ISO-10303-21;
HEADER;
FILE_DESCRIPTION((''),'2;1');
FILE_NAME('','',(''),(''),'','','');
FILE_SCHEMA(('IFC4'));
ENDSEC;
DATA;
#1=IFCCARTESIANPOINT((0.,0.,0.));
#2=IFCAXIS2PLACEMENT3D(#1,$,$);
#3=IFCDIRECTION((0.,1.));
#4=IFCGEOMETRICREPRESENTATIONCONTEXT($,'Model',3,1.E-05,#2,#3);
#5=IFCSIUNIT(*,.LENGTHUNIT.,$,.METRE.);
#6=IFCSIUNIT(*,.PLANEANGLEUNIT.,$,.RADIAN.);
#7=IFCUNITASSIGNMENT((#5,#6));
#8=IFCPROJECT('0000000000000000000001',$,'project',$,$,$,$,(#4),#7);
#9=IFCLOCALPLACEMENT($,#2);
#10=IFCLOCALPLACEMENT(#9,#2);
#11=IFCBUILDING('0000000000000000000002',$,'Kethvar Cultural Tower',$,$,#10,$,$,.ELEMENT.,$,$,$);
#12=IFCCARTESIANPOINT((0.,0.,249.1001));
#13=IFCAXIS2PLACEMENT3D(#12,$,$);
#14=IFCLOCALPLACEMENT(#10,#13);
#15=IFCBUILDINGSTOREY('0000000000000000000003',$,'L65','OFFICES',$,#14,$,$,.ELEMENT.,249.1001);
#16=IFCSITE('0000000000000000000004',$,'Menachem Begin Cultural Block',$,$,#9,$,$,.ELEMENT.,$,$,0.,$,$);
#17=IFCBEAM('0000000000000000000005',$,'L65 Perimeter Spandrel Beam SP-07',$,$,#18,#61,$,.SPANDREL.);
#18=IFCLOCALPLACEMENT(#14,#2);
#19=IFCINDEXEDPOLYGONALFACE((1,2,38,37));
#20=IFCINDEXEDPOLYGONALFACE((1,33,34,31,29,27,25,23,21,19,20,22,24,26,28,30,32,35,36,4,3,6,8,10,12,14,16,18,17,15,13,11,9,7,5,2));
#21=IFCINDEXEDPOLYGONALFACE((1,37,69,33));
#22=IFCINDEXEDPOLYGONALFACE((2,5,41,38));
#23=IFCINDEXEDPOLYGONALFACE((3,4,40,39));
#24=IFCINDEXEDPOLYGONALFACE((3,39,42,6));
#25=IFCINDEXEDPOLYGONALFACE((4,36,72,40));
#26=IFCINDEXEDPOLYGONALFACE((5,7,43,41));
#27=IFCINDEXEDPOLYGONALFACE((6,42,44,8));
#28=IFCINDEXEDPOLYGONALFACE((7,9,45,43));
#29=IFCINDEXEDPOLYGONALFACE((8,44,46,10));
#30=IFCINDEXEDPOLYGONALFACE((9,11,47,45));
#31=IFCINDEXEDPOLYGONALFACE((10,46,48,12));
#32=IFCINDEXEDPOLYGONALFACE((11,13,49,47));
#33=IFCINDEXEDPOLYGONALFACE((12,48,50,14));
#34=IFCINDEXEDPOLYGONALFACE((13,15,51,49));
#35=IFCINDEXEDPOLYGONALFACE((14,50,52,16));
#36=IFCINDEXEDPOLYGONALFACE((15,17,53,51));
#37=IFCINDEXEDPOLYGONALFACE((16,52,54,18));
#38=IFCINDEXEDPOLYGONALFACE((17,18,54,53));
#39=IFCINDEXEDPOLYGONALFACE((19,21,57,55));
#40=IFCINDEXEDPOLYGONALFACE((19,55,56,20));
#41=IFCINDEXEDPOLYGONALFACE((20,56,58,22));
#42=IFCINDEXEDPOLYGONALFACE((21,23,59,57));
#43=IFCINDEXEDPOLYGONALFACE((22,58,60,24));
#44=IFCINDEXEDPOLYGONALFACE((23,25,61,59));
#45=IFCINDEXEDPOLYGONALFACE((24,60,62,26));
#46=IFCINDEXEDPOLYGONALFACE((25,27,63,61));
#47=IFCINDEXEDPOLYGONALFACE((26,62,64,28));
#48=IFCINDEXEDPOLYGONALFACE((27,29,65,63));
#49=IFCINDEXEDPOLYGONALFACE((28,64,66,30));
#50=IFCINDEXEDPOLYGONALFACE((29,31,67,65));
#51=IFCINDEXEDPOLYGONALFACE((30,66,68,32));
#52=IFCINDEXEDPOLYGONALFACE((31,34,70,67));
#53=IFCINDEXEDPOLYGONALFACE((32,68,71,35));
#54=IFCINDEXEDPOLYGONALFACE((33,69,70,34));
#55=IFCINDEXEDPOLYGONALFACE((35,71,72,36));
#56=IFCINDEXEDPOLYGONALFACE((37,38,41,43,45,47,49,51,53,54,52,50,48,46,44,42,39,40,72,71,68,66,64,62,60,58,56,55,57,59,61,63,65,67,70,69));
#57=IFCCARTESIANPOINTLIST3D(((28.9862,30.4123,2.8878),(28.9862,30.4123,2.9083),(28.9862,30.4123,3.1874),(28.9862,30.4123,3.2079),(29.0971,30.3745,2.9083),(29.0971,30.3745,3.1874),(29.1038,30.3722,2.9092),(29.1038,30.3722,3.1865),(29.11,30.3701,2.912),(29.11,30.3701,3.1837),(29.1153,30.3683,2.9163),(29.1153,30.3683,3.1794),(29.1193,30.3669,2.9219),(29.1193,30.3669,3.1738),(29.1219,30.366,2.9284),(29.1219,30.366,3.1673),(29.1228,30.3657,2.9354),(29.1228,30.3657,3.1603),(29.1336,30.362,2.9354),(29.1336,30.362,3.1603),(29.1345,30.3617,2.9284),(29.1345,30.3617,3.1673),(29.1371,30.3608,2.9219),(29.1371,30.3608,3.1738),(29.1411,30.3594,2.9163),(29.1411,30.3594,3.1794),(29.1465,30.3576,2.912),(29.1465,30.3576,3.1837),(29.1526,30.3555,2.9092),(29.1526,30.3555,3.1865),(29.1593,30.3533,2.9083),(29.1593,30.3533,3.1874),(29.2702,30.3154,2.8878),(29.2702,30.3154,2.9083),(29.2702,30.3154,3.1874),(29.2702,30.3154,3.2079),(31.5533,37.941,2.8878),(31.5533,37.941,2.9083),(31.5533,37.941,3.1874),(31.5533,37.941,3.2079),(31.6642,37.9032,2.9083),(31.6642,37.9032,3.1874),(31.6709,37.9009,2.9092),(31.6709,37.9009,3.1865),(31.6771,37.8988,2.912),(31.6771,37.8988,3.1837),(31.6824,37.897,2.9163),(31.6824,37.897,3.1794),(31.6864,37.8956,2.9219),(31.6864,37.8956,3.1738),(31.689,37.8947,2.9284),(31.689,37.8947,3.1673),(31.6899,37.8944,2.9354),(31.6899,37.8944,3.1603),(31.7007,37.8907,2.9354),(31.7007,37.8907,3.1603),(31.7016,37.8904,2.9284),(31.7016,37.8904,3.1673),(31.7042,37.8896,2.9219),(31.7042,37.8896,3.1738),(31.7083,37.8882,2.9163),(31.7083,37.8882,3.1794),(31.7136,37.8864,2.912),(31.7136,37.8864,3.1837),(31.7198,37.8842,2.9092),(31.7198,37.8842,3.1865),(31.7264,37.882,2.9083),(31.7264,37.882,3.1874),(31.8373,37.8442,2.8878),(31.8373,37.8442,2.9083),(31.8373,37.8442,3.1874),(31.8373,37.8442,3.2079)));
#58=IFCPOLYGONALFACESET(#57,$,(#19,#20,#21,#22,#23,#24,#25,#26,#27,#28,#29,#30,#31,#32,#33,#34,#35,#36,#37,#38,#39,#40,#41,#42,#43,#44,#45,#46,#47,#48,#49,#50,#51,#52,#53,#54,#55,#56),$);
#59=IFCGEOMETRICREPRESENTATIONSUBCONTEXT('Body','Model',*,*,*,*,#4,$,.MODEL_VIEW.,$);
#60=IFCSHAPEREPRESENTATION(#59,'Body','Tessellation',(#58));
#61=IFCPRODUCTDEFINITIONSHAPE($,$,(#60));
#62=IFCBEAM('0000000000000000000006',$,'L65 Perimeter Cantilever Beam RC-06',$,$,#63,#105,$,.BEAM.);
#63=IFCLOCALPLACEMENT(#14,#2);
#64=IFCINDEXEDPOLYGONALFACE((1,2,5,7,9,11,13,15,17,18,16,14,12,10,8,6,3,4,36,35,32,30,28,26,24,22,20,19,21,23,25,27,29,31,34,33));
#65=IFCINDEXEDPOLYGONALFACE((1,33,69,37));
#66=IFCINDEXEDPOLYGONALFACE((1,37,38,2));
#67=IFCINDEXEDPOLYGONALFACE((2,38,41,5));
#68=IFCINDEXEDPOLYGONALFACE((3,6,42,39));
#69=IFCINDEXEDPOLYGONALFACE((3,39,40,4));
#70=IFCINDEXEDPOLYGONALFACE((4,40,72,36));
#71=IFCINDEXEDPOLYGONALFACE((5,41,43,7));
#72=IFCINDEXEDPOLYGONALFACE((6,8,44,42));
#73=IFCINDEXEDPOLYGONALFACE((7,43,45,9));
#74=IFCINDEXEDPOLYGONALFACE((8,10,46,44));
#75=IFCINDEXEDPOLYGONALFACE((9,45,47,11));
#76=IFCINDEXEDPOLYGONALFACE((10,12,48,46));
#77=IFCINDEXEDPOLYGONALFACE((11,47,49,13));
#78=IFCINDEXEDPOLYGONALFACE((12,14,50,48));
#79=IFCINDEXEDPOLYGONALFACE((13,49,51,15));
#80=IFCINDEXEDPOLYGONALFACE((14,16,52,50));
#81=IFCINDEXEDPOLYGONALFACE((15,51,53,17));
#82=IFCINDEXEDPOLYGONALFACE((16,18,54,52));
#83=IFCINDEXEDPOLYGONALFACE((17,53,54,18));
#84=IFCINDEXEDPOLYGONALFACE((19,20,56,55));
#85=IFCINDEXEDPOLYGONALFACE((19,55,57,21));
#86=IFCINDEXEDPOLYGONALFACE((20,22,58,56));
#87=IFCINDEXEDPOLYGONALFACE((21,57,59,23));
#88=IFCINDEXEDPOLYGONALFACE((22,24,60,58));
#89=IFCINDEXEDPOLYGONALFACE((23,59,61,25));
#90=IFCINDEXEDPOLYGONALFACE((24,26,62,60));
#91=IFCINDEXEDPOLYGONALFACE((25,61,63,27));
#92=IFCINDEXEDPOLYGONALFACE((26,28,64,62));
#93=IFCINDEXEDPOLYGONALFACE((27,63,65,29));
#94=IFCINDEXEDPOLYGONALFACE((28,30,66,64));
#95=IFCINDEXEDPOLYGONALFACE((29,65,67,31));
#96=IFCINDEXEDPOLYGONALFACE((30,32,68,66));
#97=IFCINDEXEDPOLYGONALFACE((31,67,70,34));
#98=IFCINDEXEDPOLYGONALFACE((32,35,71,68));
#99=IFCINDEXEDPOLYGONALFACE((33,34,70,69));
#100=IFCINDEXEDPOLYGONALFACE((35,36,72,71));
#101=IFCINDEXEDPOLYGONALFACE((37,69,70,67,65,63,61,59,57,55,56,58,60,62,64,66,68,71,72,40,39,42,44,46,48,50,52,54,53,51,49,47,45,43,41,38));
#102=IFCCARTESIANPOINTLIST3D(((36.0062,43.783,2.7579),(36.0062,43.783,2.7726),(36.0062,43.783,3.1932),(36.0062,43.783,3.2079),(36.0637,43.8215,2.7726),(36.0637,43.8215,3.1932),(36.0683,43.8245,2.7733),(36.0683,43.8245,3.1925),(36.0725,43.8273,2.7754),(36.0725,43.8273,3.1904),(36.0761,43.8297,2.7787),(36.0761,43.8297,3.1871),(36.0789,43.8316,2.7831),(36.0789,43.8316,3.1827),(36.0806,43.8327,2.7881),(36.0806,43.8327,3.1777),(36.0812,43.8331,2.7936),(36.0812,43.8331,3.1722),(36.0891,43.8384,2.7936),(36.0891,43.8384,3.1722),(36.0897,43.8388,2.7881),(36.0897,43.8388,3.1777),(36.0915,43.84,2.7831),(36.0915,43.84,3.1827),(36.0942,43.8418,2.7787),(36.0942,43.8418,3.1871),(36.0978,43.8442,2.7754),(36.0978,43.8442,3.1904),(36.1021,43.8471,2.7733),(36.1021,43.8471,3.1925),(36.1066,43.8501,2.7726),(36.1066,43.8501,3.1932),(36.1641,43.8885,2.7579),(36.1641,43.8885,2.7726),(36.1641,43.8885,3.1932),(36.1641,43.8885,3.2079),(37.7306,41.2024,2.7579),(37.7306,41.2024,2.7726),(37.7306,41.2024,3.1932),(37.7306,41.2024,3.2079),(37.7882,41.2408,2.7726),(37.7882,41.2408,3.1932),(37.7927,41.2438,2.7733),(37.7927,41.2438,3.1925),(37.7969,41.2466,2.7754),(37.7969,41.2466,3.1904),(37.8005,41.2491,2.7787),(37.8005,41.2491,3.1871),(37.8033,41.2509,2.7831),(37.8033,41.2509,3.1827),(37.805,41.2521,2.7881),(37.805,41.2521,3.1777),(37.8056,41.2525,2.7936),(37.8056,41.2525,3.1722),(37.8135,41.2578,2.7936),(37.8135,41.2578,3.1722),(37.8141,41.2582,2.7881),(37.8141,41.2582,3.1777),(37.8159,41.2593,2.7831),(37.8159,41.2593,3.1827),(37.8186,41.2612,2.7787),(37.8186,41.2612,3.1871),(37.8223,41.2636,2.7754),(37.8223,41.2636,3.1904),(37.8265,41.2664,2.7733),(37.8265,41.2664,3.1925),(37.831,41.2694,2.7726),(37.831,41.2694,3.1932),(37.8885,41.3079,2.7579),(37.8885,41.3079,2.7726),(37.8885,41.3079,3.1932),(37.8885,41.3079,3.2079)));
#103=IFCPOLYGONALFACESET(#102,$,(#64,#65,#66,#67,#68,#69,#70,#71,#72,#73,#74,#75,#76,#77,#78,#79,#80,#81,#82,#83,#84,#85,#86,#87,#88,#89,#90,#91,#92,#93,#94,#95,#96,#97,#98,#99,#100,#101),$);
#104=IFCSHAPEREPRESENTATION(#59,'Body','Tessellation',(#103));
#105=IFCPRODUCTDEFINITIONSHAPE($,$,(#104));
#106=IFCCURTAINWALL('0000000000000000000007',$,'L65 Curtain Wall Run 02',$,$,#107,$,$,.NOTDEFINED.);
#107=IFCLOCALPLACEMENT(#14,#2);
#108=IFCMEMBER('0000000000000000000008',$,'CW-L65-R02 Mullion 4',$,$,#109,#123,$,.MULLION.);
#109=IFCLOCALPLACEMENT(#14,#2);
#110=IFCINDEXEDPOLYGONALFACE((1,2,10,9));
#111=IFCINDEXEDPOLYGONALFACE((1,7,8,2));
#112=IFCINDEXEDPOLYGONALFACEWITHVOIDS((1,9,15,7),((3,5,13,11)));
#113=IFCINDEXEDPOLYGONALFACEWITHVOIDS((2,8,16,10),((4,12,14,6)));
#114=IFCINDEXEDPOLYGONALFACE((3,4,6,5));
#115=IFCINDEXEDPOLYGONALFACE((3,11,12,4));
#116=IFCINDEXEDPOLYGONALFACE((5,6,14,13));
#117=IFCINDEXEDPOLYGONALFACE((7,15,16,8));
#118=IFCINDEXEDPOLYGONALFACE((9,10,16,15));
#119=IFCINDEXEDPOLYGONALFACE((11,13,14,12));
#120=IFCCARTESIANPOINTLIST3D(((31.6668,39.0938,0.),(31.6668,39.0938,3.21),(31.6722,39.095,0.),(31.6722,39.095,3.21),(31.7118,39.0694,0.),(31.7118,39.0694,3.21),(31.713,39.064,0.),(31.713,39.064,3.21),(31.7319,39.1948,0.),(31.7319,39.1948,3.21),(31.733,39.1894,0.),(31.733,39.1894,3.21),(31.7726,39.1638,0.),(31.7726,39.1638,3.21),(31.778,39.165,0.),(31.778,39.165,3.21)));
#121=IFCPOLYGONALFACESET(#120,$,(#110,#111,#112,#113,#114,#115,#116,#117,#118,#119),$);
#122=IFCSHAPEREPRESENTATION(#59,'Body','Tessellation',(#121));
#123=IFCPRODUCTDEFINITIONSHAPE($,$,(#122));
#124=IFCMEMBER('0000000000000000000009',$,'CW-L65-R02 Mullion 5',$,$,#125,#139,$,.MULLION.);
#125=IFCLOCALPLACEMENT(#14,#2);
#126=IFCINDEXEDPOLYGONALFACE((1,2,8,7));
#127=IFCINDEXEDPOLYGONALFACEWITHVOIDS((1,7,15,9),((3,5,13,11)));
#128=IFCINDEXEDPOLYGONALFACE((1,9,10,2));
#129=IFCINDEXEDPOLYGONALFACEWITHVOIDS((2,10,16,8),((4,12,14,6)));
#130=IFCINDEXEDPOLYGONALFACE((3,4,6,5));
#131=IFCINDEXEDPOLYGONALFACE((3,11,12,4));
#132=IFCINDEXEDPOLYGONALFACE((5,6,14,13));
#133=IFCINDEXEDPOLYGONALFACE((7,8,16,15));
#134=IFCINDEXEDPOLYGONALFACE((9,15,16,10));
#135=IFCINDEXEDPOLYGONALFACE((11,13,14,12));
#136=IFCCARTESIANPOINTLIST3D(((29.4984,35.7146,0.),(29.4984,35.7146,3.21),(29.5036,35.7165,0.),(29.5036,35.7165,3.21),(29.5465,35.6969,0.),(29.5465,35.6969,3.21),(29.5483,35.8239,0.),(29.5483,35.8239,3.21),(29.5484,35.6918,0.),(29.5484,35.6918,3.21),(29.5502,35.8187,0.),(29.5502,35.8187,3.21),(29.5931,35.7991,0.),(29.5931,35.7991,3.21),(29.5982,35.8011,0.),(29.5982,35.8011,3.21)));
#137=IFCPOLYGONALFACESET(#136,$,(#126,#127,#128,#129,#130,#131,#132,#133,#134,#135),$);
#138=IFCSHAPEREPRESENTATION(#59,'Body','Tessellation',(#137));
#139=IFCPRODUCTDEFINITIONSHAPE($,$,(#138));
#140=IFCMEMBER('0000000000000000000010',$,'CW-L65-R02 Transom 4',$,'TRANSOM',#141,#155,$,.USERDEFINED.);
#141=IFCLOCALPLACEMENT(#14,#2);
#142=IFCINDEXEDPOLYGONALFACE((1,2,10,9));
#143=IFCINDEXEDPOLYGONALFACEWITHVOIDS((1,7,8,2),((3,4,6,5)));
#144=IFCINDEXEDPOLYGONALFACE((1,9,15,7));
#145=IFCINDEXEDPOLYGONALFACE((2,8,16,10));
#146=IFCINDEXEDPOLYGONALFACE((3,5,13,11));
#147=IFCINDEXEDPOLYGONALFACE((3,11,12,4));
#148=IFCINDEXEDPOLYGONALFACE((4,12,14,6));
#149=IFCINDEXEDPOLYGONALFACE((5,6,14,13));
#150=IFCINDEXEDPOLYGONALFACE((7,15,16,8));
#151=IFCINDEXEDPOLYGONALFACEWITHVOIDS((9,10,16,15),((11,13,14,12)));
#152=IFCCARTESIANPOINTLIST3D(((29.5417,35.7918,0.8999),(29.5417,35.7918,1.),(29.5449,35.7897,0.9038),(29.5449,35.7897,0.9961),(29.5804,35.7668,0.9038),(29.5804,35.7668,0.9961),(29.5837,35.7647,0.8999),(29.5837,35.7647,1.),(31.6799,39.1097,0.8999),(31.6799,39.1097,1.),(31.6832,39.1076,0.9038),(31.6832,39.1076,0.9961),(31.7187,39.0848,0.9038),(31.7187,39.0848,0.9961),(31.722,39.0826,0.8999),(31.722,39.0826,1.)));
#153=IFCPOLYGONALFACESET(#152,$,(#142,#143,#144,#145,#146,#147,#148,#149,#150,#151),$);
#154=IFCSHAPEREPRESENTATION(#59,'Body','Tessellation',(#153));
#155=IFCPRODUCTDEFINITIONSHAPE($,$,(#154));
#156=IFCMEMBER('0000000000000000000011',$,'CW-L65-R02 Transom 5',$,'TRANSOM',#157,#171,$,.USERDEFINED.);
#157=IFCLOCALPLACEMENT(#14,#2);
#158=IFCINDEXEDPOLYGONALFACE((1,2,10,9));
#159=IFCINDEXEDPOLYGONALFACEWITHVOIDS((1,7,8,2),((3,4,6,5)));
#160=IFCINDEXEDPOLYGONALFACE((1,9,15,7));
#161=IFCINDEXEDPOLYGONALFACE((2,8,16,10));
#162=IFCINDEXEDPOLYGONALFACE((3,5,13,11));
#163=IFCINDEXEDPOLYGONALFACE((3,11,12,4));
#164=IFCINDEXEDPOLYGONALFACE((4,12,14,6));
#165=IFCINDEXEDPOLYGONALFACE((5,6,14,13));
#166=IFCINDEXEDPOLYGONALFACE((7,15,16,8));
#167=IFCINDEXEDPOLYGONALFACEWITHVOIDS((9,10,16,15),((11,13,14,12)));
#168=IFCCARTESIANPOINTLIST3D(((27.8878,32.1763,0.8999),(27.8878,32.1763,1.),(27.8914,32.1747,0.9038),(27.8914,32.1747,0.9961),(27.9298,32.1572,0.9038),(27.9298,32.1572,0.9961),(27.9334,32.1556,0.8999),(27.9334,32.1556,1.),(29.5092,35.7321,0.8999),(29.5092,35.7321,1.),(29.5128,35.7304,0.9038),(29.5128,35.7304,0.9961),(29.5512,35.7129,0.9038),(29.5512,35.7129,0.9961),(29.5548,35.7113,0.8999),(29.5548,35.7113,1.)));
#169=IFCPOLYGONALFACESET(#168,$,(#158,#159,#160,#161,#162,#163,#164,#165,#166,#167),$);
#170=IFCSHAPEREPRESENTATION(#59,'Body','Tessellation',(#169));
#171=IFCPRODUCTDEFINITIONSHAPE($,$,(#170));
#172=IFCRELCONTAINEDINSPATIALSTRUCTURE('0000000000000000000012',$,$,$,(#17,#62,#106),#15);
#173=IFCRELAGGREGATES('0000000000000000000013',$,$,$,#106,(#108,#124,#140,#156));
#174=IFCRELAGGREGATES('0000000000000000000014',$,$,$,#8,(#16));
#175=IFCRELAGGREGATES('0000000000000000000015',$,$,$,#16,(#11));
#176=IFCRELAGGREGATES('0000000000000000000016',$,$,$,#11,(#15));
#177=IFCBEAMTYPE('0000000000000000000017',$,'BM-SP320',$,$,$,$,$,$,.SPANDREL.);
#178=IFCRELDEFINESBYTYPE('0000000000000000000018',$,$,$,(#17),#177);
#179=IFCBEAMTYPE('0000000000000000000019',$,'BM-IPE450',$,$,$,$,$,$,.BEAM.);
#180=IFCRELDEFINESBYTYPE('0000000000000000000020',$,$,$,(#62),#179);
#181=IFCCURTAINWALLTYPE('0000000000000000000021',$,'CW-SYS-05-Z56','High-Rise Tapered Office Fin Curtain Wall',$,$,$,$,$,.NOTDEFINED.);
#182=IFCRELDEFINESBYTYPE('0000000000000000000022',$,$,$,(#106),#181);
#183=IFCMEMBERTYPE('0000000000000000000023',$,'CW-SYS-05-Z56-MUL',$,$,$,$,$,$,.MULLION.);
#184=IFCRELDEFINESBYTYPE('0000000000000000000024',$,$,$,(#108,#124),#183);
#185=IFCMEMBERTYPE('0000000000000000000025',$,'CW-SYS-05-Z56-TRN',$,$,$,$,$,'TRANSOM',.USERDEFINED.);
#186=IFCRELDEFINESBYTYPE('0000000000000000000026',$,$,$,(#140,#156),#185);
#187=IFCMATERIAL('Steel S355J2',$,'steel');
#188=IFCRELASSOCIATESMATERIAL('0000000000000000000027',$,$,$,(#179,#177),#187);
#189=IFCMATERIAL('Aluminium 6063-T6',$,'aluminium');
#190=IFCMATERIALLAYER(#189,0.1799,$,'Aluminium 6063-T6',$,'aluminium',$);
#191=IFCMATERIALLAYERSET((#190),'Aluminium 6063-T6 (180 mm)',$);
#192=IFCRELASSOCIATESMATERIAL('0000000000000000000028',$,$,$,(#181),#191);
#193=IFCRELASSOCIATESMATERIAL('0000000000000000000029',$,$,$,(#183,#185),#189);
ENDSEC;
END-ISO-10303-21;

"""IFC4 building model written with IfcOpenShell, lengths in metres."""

from ifc_helpers import new_model, si_unit, direction, frame, origin, origin_2d, place, context, subcontext, project, spatial, hollow_rectangle, i_section, extrude, source, transform, mapped, material, layer, layer_set, material_profile, profile_set, type_object, element, aggregate, save


model = new_model("IFC4")

# Units and contexts
model_context = context("Model", 3, precision=1e-05, world=origin(), true_north=direction((0.0, 1.0)))
body_context = subcontext(model_context, "Body", "Model", "MODEL_VIEW")
ifc_project = project(units=[si_unit("LENGTHUNIT", "METRE"), si_unit("PLANEANGLEUNIT", "RADIAN")], contexts=[model_context])

# Site, building, storey
site_placement = place(None, origin())
site = spatial("IfcSite", under=ifc_project, at=site_placement, Name="Menachem Begin Cultural Block", CompositionType="ELEMENT", RefElevation=0.0)
building_placement = place(site_placement, origin())
building = spatial("IfcBuilding", under=site, at=building_placement, Name="Kethvar Cultural Tower", CompositionType="ELEMENT")
storey_placement = place(building_placement, frame((0.0, 0.0, 249.1001)))
storey = spatial("IfcBuildingStorey", under=building, at=storey_placement, Name="L65", Description="OFFICES", CompositionType="ELEMENT", Elevation=249.1001)

# Beams
ifc_material_1 = material(Name="Steel S355J2", Category="steel")
ifc_material_profile_1 = material_profile(ifc_material_1, i_section(OverallWidth=0.1899, OverallDepth=0.45, WebThickness=0.0095, FlangeThickness=0.0146, FilletRadius=0.021, at=origin_2d()), Name="Steel S355J2 — IPE450")
ifc_profile_set_1 = profile_set([ifc_material_profile_1], Name="Steel S355J2 — IPE450")
beam_type_1 = type_object("IfcBeamType", Name="BM-IPE450", PredefinedType="BEAM", material=ifc_profile_set_1)
ifc_material_profile_2 = material_profile(ifc_material_1, i_section(OverallWidth=0.3, OverallDepth=0.3201, WebThickness=0.0115, FlangeThickness=0.0205, FilletRadius=0.0271, at=origin_2d()), Name="Steel S355J2 — HEB320")
ifc_profile_set_2 = profile_set([ifc_material_profile_2], Name="Steel S355J2 — HEB320")
beam_type_2 = type_object("IfcBeamType", Name="BM-SP320", PredefinedType="SPANDREL", material=ifc_profile_set_2)
shared_shape_1 = source(origin(), body_context, "Body", "SweptSolid", [
    extrude(i_section(OverallWidth=0.3, OverallDepth=0.3201, WebThickness=0.0115, FlangeThickness=0.0205, FilletRadius=0.0271, at=origin_2d()), origin(), (0.0, 0.0, 1.0), 7.9543),
])
beam_1_placement = place(storey_placement, frame((31.6953, 37.8926, 3.0479), z_axis=(-0.32273, -0.946491, 0.0), x_axis=(0.946491, -0.32273, 0.0)))
element("IfcBeam", 1, at=beam_1_placement, inside=storey, type_object=beam_type_2, Name="L65 Perimeter Spandrel Beam SP-07", PredefinedType="SPANDREL", context=body_context, shape_type="MappedRepresentation", body=[
    mapped(shared_shape_1, transform((0.0, 0.0, 0.0), scale=1.0)),
])
shared_shape_2 = source(origin(), body_context, "Body", "SweptSolid", [
    extrude(i_section(OverallWidth=0.1899, OverallDepth=0.45, WebThickness=0.0095, FlangeThickness=0.0146, FilletRadius=0.021, at=origin_2d()), origin(), (0.0, 0.0, 1.0), 3.1038),
])
beam_2_placement = place(storey_placement, frame((37.8096, 41.2551, 2.9829), z_axis=(-0.555589, 0.831457, 0.0), x_axis=(-0.831457, -0.555589, 0.0)))
element("IfcBeam", 2, at=beam_2_placement, inside=storey, type_object=beam_type_1, Name="L65 Perimeter Cantilever Beam RC-06", PredefinedType="BEAM", context=body_context, shape_type="MappedRepresentation", body=[
    mapped(shared_shape_2, transform((0.0, 0.0, 0.0), scale=1.0)),
])

# Curtain wall, members
ifc_material_2 = material(Name="Aluminium 6063-T6", Category="aluminium")
ifc_layer_1 = layer(ifc_material_2, 0.1799, Name="Aluminium 6063-T6", Category="aluminium")
ifc_layer_set_1 = layer_set([ifc_layer_1], Name="Aluminium 6063-T6 (180 mm)")
curtain_wall_type = type_object("IfcCurtainWallType", Name="CW-SYS-05-Z56", Description="High-Rise Tapered Office Fin Curtain Wall", PredefinedType="NOTDEFINED", material=ifc_layer_set_1)
curtain_wall_placement = place(storey_placement, origin())
curtain_wall = element("IfcCurtainWall", 3, at=curtain_wall_placement, inside=storey, type_object=curtain_wall_type, Name="L65 Curtain Wall Run 02", PredefinedType="NOTDEFINED")
ifc_material_profile_3 = material_profile(ifc_material_2, hollow_rectangle(XDim=0.0549, YDim=0.1201, WallThickness=0.0039, at=origin_2d()), Name="Aluminium 6063-T6 — RHS120x55x4")
ifc_profile_set_3 = profile_set([ifc_material_profile_3], Name="Aluminium 6063-T6 — RHS120x55x4")
member_type_1 = type_object("IfcMemberType", Name="CW-SYS-05-Z56-MUL", PredefinedType="MULLION", material=ifc_profile_set_3)
shared_shape_3 = source(origin(), body_context, "Body", "SweptSolid", [
    extrude(hollow_rectangle(XDim=0.0549, YDim=0.1201, WallThickness=0.0039, at=origin_2d()), origin(), (0.0, 0.0, 1.0), 3.21),
])
member_1_placement = place(storey_placement, frame((31.7224, 39.1294, 0.0), z_axis=(0.0, 0.0, 1.0), x_axis=(0.840586, -0.541679, 0.0)))
member_1 = element("IfcMember", 4, at=member_1_placement, type_object=member_type_1, Name="CW-L65-R02 Mullion 4", PredefinedType="MULLION", context=body_context, shape_type="MappedRepresentation", body=[
    mapped(shared_shape_3, transform((0.0, 0.0, 0.0), scale=1.0)),
])
member_2_placement = place(storey_placement, frame((29.5483, 35.7578, 0.0), z_axis=(0.0, 0.0, 1.0), x_axis=(0.909874, -0.414884, 0.0)))
member_2 = element("IfcMember", 5, at=member_2_placement, type_object=member_type_1, Name="CW-L65-R02 Mullion 5", PredefinedType="MULLION", context=body_context, shape_type="MappedRepresentation", body=[
    mapped(shared_shape_3, transform((0.0, 0.0, 0.0), scale=1.0)),
])
ifc_material_profile_4 = material_profile(ifc_material_2, hollow_rectangle(XDim=0.05, YDim=0.1001, WallThickness=0.0039, at=origin_2d()), Name="Aluminium 6063-T6 — RHS100x50x4")
ifc_profile_set_4 = profile_set([ifc_material_profile_4], Name="Aluminium 6063-T6 — RHS100x50x4")
member_type_2 = type_object("IfcMemberType", Name="CW-SYS-05-Z56-TRN", ElementType="TRANSOM", PredefinedType="USERDEFINED", material=ifc_profile_set_4)
shared_shape_4 = source(origin(), body_context, "Body", "SweptSolid", [
    extrude(hollow_rectangle(XDim=0.05, YDim=0.1001, WallThickness=0.0039, at=origin_2d()), origin(), (0.0, 0.0, 1.0), 3.9473),
])
member_3_placement = place(storey_placement, frame((31.7009, 39.0962, 0.95), z_axis=(-0.541701, -0.840571, 0.0), x_axis=(0.840571, -0.541701, 0.0)))
member_3 = element("IfcMember", 6, at=member_3_placement, type_object=member_type_2, Name="CW-L65-R02 Transom 4", ObjectType="TRANSOM", PredefinedType="USERDEFINED", context=body_context, shape_type="MappedRepresentation", body=[
    mapped(shared_shape_4, transform((0.0, 0.0, 0.0), scale=1.0)),
])
shared_shape_5 = source(origin(), body_context, "Body", "SweptSolid", [
    extrude(hollow_rectangle(XDim=0.05, YDim=0.1001, WallThickness=0.0039, at=origin_2d()), origin(), (0.0, 0.0, 1.0), 3.908),
])
member_4_placement = place(storey_placement, frame((29.532, 35.7217, 0.95), z_axis=(-0.41489, -0.909872, 0.0), x_axis=(0.909872, -0.41489, 0.0)))
member_4 = element("IfcMember", 7, at=member_4_placement, type_object=member_type_2, Name="CW-L65-R02 Transom 5", ObjectType="TRANSOM", PredefinedType="USERDEFINED", context=body_context, shape_type="MappedRepresentation", body=[
    mapped(shared_shape_5, transform((0.0, 0.0, 0.0), scale=1.0)),
])
aggregate(curtain_wall, [member_1, member_2, member_3, member_4])

save(model, "model.ifc")
